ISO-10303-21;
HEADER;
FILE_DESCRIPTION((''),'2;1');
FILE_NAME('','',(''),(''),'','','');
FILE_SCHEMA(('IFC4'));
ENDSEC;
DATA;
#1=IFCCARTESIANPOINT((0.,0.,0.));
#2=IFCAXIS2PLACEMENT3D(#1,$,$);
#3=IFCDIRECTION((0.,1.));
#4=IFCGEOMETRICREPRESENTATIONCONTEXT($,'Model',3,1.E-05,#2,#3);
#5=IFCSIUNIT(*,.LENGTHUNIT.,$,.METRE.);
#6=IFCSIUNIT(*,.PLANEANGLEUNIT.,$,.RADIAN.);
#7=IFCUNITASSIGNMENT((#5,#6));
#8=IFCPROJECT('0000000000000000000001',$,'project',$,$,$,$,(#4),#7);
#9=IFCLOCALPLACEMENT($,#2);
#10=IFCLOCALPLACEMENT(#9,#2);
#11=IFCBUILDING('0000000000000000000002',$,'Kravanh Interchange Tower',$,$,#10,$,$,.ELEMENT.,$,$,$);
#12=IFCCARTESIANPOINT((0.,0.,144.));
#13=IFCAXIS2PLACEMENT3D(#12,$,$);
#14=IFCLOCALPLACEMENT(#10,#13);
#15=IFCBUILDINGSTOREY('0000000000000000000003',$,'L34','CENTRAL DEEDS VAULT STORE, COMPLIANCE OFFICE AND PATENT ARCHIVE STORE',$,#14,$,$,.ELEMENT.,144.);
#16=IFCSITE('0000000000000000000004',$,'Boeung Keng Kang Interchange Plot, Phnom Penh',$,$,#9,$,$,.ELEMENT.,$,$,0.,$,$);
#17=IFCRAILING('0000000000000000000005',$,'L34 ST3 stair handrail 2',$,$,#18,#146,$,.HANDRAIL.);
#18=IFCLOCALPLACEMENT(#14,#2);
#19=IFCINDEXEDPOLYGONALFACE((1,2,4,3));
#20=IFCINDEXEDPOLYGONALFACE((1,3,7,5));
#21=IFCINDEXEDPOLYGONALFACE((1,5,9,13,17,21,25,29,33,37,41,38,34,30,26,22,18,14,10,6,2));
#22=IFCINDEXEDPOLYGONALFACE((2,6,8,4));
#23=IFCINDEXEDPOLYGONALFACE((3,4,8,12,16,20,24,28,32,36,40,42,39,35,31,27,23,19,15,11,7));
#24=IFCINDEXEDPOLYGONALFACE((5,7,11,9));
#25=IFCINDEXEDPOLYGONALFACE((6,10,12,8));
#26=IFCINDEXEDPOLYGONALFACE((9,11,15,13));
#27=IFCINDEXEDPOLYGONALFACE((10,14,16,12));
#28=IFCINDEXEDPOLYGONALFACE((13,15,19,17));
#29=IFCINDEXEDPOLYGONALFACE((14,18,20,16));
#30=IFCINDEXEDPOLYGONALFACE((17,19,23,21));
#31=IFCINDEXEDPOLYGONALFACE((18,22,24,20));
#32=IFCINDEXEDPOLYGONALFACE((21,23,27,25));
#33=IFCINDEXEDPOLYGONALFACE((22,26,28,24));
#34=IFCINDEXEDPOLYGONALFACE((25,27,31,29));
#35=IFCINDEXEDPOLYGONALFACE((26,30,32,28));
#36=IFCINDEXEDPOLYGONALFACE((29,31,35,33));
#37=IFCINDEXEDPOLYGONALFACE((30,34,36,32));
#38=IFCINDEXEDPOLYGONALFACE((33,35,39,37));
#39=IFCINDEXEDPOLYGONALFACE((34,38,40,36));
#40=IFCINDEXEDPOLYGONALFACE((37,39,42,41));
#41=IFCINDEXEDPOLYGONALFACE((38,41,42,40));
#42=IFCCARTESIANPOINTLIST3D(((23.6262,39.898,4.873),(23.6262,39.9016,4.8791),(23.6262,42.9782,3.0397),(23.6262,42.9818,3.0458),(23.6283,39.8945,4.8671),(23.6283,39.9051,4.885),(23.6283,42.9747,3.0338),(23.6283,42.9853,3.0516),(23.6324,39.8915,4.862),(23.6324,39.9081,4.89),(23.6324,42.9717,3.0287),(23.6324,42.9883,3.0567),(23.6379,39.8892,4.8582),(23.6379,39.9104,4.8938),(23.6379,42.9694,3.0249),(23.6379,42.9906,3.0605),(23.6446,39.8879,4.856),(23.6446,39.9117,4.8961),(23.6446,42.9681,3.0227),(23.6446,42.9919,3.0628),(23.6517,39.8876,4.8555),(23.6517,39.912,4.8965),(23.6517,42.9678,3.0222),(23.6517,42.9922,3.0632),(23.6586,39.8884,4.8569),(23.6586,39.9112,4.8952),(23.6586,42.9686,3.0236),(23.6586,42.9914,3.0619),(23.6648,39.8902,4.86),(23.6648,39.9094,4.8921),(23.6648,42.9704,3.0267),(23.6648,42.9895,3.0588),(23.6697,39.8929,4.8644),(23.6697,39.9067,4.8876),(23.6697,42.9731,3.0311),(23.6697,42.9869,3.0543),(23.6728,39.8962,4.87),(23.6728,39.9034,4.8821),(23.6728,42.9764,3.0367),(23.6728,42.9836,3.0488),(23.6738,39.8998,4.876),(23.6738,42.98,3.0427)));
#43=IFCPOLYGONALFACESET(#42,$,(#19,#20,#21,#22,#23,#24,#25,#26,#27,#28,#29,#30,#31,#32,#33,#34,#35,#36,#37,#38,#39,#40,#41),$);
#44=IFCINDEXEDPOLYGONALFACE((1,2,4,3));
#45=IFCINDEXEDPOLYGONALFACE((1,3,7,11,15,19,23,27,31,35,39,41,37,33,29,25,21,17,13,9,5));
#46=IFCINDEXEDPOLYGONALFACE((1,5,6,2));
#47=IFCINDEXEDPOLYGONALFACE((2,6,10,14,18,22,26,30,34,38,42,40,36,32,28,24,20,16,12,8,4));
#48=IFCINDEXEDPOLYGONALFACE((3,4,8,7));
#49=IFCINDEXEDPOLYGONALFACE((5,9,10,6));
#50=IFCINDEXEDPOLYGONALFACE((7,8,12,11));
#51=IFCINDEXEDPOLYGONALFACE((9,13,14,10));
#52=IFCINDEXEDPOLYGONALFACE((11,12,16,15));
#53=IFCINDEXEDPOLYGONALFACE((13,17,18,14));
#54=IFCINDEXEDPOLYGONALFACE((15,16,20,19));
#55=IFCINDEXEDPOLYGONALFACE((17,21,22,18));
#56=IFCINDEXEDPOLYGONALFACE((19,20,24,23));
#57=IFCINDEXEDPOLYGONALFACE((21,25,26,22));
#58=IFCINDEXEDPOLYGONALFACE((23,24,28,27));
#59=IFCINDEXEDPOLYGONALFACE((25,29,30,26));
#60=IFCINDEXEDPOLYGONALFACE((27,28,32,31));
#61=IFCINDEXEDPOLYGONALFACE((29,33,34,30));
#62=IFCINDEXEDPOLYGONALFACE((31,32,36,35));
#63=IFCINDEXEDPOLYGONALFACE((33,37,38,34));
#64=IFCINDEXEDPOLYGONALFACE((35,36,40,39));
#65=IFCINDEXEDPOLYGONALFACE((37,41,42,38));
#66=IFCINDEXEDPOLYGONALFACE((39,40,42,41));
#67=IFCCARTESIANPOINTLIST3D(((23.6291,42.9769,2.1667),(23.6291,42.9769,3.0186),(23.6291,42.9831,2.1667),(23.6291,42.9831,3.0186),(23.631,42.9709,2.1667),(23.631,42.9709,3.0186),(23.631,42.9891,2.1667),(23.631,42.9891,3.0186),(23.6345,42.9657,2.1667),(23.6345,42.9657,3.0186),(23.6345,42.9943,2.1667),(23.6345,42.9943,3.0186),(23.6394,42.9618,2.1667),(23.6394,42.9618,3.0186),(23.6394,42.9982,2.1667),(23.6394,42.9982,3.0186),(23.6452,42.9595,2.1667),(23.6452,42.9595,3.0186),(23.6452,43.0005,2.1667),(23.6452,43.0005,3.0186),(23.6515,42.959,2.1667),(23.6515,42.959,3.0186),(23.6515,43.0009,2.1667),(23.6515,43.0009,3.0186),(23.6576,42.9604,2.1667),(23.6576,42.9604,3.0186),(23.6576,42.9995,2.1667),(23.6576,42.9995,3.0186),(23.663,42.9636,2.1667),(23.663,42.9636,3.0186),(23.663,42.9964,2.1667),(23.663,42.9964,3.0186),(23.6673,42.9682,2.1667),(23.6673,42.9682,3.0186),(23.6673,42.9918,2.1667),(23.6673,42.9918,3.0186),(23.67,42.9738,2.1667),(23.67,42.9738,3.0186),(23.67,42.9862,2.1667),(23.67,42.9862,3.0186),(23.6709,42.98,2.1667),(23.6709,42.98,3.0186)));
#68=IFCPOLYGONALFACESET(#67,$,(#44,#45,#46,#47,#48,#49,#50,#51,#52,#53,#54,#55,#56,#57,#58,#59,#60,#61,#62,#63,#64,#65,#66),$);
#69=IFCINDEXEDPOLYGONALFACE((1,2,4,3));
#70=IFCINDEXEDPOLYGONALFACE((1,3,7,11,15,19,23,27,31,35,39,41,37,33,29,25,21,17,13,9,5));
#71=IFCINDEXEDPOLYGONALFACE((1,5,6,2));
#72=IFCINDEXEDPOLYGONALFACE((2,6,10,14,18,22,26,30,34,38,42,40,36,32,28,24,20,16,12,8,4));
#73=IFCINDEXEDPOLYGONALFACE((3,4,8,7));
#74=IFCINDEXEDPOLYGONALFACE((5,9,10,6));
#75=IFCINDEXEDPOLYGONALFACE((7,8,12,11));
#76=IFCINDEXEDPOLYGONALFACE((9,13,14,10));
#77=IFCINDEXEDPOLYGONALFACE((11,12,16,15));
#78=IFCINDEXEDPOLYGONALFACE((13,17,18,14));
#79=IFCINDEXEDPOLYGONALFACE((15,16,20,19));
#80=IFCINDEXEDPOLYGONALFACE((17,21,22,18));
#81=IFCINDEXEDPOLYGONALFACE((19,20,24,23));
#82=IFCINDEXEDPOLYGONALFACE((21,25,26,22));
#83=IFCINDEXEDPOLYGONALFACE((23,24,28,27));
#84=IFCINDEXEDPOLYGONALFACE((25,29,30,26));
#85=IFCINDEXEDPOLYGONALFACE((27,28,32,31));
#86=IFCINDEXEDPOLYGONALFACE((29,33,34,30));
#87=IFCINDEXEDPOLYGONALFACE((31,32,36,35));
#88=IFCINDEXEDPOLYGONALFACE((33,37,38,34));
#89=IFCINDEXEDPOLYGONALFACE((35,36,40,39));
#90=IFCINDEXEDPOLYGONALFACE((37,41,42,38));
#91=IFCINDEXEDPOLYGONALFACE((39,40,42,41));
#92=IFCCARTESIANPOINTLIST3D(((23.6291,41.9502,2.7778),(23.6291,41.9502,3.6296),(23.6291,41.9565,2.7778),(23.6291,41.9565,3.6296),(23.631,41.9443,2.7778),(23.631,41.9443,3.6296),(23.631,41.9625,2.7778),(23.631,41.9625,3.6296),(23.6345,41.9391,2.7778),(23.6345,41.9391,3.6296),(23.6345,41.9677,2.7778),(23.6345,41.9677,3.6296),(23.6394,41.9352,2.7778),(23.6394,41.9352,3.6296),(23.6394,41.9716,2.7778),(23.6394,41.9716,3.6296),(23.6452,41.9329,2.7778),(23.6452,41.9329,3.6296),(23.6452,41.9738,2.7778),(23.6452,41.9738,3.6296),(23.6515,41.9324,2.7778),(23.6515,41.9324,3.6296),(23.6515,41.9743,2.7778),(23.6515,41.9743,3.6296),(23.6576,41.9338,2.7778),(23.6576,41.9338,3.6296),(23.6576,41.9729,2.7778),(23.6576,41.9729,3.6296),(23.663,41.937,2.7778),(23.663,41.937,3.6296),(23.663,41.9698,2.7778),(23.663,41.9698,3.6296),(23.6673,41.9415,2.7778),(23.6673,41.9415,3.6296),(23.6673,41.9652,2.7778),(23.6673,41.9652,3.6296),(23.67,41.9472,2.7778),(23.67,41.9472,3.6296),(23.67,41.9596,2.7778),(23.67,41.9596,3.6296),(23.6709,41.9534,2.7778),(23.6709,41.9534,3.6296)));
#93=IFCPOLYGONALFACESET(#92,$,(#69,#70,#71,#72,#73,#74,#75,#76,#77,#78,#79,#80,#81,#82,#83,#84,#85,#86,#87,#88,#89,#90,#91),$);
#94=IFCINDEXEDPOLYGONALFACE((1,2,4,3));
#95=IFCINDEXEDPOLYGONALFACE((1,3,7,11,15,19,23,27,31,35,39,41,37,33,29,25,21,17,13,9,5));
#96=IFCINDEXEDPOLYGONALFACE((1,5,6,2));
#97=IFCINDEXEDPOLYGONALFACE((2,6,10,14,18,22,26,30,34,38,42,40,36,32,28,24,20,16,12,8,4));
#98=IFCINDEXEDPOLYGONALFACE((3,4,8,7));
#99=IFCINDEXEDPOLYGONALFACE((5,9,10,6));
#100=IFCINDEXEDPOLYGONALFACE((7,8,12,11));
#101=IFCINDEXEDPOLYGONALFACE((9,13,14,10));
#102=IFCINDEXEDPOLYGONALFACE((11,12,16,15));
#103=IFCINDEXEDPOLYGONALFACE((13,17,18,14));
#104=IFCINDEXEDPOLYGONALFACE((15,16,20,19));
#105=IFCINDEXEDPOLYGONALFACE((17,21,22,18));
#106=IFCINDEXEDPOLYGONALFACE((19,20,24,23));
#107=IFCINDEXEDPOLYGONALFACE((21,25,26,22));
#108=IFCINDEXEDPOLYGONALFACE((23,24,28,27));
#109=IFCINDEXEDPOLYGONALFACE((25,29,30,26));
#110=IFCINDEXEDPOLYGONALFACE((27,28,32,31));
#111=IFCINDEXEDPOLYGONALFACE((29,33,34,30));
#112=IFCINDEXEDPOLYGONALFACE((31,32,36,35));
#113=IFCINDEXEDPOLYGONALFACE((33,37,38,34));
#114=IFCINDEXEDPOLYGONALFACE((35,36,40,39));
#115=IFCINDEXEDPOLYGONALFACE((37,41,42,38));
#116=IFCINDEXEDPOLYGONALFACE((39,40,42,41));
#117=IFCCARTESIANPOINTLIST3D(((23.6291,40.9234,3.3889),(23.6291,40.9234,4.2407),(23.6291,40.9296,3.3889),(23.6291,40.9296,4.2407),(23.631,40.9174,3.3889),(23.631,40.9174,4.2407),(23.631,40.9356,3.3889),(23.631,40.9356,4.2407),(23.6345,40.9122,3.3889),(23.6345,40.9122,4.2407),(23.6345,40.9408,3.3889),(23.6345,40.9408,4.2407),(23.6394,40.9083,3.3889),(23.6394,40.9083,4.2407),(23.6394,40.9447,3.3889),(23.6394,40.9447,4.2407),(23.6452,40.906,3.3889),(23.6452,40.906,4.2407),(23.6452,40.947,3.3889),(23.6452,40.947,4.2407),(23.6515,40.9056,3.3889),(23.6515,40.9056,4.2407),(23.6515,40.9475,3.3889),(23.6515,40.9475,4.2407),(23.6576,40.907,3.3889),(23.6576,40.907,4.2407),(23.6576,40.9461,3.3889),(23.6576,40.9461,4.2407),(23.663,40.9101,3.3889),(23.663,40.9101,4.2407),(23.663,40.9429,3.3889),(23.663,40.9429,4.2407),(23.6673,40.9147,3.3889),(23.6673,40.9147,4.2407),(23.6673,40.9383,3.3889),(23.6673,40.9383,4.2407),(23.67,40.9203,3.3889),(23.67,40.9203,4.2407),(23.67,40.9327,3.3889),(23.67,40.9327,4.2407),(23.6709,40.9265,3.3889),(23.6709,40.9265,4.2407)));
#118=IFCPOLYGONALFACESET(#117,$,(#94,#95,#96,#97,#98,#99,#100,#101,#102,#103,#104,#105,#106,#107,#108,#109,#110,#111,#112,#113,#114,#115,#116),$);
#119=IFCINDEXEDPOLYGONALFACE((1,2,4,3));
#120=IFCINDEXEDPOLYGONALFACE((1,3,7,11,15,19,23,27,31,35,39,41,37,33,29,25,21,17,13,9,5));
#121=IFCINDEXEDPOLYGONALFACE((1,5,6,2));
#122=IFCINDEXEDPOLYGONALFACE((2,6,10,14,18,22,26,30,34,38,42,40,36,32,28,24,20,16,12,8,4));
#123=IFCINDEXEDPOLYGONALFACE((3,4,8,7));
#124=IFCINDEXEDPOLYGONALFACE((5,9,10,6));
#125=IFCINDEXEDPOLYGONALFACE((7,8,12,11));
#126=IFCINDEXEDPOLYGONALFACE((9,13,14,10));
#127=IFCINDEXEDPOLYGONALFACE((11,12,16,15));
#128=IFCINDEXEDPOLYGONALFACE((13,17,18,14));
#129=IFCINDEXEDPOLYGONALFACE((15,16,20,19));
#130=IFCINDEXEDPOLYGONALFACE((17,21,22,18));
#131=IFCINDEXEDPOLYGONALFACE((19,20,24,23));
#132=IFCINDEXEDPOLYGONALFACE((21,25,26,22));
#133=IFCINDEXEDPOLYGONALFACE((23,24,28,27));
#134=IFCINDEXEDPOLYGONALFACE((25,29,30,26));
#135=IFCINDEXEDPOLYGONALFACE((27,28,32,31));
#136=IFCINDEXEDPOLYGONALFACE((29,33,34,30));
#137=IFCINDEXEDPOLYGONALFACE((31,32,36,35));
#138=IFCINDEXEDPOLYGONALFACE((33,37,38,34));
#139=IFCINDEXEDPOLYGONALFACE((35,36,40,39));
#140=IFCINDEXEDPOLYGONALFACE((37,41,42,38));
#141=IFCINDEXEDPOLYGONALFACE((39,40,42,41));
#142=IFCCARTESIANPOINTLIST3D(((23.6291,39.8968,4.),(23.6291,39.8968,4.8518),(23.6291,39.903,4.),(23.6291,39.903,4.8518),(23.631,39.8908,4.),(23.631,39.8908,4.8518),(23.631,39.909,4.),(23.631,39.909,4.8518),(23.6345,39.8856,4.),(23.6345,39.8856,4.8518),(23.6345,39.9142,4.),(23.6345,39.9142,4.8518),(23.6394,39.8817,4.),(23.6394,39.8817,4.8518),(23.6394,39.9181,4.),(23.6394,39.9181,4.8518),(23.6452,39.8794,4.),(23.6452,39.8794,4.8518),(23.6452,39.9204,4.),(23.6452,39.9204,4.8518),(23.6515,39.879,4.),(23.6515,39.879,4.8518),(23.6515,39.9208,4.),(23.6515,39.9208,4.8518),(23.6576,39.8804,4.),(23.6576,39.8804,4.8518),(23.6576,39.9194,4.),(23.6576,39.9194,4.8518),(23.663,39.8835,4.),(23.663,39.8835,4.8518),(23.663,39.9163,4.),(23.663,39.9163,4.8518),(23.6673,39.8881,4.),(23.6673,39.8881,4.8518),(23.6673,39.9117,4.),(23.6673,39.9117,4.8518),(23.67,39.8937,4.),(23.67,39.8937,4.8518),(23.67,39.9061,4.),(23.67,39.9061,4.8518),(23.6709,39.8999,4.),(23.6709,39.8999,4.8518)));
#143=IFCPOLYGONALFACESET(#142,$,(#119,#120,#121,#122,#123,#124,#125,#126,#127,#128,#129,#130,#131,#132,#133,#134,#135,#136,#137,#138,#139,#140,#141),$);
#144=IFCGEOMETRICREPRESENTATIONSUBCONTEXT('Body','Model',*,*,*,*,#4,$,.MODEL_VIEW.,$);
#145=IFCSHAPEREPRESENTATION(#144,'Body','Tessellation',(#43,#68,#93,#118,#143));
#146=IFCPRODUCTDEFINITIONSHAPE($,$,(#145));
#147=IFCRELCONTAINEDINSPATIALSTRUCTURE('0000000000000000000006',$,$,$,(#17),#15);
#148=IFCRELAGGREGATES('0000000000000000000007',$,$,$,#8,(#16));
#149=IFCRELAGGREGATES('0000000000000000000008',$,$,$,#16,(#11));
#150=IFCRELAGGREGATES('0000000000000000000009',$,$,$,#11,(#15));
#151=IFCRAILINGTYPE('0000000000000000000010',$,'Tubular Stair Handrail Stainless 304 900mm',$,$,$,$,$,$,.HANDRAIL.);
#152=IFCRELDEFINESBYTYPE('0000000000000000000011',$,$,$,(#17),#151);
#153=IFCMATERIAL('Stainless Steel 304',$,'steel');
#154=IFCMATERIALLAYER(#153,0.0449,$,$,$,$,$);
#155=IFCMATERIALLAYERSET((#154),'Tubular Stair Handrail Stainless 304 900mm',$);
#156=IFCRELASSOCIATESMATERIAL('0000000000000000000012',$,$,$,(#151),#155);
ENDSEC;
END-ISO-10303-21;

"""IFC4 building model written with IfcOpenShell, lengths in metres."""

from ifc_helpers import new_model, si_unit, direction, frame, origin, origin_2d, place, context, subcontext, project, spatial, circle, extrude, material, layer, layer_set, type_object, element, save


model = new_model("IFC4")

# Units and contexts
model_context = context("Model", 3, precision=1e-05, world=origin(), true_north=direction((0.0, 1.0)))
body_context = subcontext(model_context, "Body", "Model", "MODEL_VIEW")
ifc_project = project(units=[si_unit("LENGTHUNIT", "METRE"), si_unit("PLANEANGLEUNIT", "RADIAN")], contexts=[model_context])

# Site, building, storey
site_placement = place(None, origin())
site = spatial("IfcSite", under=ifc_project, at=site_placement, Name="Boeung Keng Kang Interchange Plot, Phnom Penh", CompositionType="ELEMENT", RefElevation=0.0)
building_placement = place(site_placement, origin())
building = spatial("IfcBuilding", under=site, at=building_placement, Name="Kravanh Interchange Tower", CompositionType="ELEMENT")
storey_placement = place(building_placement, frame((0.0, 0.0, 144.0)))
storey = spatial("IfcBuildingStorey", under=building, at=storey_placement, Name="L34", Description="CENTRAL DEEDS VAULT STORE, COMPLIANCE OFFICE AND PATENT ARCHIVE STORE", CompositionType="ELEMENT", Elevation=144.0)

# Railing
ifc_material_1 = material(Name="Stainless Steel 304", Category="steel")
ifc_layer_1 = layer(ifc_material_1, 0.0449)
ifc_layer_set_1 = layer_set([ifc_layer_1], Name="Tubular Stair Handrail Stainless 304 900mm")
railing_type = type_object("IfcRailingType", Name="Tubular Stair Handrail Stainless 304 900mm", PredefinedType="HANDRAIL", material=ifc_layer_set_1)
railing_placement = place(storey_placement, frame((23.6499, 42.98, 2.1667)))
element("IfcRailing", 1, at=railing_placement, inside=storey, type_object=railing_type, Name="L34 ST3 stair handrail 2", PredefinedType="HANDRAIL", context=body_context, shape_type="SweptSolid", body=[
    extrude(circle(Radius=0.0239, at=origin_2d()), frame((0.0, 0.0, 0.876), z_axis=(0.0, -0.859309, 0.511458), x_axis=(1.0, 0.0, 0.0)), (0.0, 0.0, 1.0), 3.5845),
    extrude(circle(Radius=0.021, at=origin_2d()), origin(), (0.0, 0.0, 1.0), 0.8518),
    extrude(circle(Radius=0.021, at=origin_2d()), frame((0.0, -1.0266, 0.6111)), (0.0, 0.0, 1.0), 0.8518),
    extrude(circle(Radius=0.021, at=origin_2d()), frame((0.0, -2.0535, 1.2222)), (0.0, 0.0, 1.0), 0.8518),
    extrude(circle(Radius=0.021, at=origin_2d()), frame((0.0, -3.0801, 1.8333)), (0.0, 0.0, 1.0), 0.8518),
])

save(model, "model.ifc")
